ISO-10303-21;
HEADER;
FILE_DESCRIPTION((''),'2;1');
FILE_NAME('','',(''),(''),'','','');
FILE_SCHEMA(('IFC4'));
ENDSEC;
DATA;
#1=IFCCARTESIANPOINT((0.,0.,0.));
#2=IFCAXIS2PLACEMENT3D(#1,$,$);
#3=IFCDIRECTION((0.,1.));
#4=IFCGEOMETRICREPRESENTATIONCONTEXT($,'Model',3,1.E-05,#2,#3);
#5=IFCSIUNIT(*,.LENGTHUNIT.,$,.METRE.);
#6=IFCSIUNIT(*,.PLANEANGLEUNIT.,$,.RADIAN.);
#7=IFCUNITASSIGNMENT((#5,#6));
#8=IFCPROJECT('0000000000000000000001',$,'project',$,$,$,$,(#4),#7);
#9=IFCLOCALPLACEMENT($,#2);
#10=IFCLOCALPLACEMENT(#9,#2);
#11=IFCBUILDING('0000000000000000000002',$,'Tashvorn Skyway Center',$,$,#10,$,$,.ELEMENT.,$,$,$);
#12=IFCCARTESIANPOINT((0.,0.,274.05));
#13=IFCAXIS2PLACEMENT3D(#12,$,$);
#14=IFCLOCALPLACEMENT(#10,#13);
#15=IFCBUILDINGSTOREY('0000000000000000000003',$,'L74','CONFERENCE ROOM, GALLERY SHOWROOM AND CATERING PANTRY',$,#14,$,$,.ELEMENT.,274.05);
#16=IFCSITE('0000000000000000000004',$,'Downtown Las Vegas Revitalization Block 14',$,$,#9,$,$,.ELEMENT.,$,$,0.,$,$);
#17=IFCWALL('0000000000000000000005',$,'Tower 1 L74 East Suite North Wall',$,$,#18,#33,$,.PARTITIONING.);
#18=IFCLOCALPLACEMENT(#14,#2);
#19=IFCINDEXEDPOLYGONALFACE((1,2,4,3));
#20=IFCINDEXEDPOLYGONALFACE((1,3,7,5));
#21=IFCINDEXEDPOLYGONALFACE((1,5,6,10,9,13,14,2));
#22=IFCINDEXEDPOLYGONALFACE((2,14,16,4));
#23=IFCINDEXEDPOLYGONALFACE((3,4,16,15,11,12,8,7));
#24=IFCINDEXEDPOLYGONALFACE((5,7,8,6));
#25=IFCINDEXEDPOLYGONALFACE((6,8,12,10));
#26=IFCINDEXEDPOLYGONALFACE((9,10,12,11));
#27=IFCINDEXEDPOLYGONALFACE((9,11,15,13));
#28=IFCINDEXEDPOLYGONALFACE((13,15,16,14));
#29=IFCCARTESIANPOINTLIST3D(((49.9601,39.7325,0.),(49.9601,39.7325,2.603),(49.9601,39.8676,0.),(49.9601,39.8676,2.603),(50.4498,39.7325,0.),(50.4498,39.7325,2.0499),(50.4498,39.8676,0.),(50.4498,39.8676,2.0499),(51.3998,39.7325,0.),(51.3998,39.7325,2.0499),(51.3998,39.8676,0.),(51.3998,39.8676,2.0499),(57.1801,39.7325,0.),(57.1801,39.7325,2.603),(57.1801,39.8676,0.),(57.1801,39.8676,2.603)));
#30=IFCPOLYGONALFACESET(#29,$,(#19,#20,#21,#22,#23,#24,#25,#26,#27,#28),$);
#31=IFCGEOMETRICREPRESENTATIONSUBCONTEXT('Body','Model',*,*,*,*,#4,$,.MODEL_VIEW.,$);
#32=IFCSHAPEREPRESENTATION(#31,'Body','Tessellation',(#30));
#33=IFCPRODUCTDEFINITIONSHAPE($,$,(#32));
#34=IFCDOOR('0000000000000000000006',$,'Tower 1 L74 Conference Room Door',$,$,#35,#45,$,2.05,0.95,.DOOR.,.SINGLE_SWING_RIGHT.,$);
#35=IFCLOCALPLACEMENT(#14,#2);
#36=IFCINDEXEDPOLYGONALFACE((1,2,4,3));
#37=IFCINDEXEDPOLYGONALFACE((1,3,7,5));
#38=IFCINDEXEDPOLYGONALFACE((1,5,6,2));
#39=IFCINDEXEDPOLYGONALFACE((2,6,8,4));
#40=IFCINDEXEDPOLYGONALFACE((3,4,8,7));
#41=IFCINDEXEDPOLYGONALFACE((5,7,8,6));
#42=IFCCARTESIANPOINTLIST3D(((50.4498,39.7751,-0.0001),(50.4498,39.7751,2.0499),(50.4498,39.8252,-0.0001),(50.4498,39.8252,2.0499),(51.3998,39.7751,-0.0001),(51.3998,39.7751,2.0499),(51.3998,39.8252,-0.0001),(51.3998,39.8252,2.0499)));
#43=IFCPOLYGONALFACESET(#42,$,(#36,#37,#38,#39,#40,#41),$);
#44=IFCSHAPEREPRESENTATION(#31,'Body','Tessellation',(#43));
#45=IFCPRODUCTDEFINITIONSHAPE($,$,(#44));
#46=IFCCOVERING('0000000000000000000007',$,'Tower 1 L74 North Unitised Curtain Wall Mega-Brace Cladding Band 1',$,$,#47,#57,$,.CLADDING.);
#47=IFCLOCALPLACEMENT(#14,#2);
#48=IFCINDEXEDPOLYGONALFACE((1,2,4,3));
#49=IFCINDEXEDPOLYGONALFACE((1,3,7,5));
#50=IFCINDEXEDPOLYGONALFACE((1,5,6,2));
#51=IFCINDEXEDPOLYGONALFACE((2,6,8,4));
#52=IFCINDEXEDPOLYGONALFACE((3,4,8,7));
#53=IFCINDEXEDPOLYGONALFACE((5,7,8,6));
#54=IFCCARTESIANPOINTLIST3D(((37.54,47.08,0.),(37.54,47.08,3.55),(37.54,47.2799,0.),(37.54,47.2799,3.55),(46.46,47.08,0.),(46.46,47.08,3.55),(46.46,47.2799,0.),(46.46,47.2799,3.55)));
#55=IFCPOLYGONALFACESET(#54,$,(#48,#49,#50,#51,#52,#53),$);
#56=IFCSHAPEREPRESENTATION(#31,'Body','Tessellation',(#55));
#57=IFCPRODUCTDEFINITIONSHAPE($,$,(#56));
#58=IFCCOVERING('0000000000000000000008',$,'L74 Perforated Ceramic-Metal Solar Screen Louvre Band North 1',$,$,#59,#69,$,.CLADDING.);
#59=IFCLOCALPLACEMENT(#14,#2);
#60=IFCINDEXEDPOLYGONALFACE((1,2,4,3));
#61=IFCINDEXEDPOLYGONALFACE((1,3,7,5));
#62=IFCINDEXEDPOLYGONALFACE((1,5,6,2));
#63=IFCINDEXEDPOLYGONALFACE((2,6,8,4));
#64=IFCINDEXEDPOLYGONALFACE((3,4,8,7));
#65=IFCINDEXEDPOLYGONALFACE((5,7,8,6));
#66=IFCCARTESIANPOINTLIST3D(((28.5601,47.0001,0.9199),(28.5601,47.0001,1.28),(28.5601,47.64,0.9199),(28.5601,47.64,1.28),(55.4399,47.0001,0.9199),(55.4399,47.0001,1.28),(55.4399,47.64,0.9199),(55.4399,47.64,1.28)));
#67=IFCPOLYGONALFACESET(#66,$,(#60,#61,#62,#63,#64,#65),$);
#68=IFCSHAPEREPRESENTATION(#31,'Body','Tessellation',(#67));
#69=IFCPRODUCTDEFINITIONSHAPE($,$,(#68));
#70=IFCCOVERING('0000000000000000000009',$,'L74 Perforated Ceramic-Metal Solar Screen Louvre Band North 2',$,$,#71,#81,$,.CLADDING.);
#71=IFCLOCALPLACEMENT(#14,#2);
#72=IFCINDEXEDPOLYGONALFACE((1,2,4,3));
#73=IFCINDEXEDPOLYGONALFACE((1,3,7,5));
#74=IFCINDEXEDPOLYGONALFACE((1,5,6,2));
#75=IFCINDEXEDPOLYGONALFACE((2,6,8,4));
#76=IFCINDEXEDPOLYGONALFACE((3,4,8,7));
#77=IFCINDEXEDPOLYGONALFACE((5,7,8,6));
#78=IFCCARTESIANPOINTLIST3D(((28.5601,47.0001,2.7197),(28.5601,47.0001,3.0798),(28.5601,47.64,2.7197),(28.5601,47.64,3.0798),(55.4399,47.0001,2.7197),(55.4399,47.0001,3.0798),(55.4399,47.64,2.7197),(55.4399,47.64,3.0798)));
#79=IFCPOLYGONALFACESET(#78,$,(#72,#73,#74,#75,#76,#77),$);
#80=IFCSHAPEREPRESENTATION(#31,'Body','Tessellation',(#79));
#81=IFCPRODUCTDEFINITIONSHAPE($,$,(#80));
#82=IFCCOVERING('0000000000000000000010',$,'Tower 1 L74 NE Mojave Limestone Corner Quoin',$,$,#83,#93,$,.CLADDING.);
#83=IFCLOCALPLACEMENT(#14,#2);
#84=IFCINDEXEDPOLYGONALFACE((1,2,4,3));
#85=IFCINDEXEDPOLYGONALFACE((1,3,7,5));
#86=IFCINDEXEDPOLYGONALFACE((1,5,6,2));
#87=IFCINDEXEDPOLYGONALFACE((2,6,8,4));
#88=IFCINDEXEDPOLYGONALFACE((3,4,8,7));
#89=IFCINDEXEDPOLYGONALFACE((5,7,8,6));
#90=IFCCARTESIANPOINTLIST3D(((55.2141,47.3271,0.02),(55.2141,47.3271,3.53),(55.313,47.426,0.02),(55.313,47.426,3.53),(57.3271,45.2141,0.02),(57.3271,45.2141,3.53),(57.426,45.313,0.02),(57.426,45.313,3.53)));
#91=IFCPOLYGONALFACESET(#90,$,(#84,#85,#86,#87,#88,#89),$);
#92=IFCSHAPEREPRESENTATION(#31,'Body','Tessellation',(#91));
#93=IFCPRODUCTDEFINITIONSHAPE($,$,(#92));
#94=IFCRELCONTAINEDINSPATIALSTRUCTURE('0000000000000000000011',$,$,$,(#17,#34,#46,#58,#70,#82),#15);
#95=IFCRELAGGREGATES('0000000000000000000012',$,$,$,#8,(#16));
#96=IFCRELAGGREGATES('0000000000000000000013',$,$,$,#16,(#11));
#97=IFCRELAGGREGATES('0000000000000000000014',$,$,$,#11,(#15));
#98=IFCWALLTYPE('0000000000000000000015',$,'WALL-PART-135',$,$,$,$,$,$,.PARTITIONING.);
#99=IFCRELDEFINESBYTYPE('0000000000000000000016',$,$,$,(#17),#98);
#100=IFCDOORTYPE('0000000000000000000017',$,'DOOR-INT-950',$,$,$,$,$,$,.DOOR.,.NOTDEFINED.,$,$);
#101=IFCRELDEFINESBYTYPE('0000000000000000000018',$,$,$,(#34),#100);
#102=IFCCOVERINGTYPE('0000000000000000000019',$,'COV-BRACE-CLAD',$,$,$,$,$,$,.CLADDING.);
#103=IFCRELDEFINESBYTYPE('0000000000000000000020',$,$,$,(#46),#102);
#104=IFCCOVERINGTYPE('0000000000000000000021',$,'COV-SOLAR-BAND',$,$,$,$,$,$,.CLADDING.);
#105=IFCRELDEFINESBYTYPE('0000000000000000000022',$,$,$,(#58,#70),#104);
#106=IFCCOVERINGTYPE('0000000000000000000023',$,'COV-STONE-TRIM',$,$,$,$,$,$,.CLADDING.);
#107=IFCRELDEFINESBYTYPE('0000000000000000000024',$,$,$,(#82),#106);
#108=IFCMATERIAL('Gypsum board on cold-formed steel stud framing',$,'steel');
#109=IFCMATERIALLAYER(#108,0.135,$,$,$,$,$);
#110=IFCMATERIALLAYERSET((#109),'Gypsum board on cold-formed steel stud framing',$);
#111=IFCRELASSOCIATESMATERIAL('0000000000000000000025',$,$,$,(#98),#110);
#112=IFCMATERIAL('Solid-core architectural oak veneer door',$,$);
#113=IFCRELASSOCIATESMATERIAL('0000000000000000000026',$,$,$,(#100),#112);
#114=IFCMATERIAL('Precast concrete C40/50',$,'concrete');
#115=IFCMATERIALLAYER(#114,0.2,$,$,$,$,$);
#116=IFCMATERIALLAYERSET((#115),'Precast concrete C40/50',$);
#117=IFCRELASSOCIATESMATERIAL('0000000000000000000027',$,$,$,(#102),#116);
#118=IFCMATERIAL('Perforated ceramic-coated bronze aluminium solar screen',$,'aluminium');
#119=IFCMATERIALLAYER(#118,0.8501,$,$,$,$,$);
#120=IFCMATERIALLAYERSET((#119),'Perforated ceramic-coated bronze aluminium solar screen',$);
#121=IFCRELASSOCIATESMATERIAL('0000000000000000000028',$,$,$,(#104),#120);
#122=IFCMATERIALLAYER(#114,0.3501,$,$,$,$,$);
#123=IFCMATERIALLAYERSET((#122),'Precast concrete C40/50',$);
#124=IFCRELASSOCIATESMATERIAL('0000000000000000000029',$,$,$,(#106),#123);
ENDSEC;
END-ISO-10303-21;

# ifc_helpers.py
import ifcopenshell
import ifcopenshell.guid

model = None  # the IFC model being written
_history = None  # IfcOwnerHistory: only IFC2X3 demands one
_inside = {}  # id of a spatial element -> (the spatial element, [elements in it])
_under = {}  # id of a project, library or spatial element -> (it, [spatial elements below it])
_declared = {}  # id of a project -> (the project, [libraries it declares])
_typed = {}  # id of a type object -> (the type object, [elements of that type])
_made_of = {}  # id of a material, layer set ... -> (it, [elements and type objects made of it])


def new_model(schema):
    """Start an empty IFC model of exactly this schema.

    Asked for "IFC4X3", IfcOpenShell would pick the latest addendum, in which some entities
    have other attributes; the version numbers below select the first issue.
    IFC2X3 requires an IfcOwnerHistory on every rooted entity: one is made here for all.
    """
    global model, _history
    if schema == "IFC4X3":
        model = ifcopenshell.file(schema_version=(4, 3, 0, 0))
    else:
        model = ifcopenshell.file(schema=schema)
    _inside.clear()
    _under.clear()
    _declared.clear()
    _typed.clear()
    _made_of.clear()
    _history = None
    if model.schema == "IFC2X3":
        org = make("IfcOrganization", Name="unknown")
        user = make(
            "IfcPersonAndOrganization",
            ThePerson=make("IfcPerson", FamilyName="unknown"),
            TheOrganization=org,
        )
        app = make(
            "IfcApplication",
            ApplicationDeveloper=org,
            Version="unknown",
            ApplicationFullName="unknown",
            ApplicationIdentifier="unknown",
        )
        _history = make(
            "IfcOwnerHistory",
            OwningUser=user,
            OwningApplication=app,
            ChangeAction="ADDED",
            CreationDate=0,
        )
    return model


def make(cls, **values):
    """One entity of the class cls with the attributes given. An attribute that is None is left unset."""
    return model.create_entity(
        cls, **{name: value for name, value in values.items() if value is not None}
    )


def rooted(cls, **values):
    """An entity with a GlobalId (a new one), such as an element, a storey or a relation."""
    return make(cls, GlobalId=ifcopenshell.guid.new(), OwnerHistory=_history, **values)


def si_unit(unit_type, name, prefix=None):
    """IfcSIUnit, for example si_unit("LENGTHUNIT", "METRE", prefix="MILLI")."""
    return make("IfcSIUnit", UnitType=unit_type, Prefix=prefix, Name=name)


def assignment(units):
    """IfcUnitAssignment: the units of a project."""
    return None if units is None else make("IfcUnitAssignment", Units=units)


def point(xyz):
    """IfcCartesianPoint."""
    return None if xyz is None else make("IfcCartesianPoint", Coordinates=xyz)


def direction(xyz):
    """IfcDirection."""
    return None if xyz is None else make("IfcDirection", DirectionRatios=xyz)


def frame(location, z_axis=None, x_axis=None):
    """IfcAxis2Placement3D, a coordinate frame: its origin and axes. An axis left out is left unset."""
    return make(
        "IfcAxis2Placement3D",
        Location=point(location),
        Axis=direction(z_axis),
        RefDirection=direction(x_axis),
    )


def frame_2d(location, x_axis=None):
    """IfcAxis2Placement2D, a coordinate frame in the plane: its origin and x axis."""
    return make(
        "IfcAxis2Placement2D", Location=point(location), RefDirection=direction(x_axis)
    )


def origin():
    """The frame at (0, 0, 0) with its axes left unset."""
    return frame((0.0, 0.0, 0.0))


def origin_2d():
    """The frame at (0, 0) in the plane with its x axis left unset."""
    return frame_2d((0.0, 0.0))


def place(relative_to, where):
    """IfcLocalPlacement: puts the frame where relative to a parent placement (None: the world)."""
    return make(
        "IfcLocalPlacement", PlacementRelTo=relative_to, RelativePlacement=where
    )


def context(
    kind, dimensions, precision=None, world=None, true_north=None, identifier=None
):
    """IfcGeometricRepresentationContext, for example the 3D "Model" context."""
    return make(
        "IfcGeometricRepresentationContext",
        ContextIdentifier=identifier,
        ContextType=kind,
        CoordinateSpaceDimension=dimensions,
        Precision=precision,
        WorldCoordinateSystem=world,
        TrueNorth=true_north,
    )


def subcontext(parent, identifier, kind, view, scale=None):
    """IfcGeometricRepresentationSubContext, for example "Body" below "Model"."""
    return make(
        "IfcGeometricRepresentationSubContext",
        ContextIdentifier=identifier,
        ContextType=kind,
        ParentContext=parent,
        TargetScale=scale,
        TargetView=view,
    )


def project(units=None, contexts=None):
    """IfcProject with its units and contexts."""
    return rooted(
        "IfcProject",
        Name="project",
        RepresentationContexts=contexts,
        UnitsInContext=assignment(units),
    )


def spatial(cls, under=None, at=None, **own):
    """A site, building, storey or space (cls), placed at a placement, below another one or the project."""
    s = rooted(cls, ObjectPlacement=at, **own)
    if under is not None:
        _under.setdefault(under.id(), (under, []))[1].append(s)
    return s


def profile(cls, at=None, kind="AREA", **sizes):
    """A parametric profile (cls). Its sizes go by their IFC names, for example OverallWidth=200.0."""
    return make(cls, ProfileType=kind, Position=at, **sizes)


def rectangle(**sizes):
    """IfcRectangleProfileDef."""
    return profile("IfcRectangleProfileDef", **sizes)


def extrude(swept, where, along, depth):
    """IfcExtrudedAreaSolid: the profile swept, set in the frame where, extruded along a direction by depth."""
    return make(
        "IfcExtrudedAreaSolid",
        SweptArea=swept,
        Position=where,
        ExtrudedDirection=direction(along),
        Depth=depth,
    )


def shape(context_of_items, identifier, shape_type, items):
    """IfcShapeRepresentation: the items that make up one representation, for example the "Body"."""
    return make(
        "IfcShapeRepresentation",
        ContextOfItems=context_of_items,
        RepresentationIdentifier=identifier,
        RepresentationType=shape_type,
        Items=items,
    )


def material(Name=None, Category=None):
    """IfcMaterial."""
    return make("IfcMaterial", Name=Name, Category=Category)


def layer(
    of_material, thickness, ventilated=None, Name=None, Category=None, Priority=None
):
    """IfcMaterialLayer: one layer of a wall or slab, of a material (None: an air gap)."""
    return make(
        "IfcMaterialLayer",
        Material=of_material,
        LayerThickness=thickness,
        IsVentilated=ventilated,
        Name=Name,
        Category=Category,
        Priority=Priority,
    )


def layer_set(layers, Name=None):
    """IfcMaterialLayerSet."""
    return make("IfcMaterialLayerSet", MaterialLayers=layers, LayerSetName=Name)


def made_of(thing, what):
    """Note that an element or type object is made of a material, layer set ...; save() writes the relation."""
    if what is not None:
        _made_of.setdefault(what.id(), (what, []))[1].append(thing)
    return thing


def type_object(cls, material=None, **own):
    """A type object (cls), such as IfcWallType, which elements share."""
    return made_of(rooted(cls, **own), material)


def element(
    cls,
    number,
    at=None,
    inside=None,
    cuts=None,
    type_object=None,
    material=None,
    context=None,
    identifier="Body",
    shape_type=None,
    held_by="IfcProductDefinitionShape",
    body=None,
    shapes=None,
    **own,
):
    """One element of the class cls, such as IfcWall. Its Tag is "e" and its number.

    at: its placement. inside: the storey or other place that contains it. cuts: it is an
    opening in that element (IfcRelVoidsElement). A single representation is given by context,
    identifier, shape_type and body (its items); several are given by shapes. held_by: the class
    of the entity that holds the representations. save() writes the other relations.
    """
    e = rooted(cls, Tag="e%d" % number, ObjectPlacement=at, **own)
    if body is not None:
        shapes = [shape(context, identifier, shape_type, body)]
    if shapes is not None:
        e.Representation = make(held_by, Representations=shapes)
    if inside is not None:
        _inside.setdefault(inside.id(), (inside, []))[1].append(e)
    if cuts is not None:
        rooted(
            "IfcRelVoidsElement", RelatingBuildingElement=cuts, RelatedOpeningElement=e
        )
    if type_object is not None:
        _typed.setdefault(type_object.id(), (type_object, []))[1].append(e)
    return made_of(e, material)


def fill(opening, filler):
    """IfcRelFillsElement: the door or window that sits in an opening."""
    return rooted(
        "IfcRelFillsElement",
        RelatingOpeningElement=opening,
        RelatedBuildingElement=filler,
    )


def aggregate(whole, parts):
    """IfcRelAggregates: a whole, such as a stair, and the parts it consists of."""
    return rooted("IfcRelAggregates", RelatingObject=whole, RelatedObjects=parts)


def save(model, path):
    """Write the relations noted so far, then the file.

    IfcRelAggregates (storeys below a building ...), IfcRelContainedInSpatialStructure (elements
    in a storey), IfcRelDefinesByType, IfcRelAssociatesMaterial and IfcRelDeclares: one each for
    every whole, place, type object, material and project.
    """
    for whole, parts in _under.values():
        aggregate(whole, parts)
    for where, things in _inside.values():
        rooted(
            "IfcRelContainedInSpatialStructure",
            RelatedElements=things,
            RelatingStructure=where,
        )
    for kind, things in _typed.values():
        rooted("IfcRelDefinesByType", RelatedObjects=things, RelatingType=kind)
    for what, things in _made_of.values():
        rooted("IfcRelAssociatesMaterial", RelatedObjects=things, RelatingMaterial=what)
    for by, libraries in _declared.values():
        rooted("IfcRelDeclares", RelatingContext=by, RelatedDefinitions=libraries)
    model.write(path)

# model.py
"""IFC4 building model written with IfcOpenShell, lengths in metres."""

from ifc_helpers import new_model, si_unit, direction, frame, frame_2d, origin, origin_2d, place, context, subcontext, project, spatial, rectangle, extrude, material, layer, layer_set, type_object, element, fill, save


model = new_model("IFC4")

# Units and contexts
model_context = context("Model", 3, precision=1e-05, world=origin(), true_north=direction((0.0, 1.0)))
body_context = subcontext(model_context, "Body", "Model", "MODEL_VIEW")
ifc_project = project(units=[si_unit("LENGTHUNIT", "METRE"), si_unit("PLANEANGLEUNIT", "RADIAN")], contexts=[model_context])

# Site, building, storey
site_placement = place(None, origin())
site = spatial("IfcSite", under=ifc_project, at=site_placement, Name="Downtown Las Vegas Revitalization Block 14", CompositionType="ELEMENT", RefElevation=0.0)
building_placement = place(site_placement, origin())
building = spatial("IfcBuilding", under=site, at=building_placement, Name="Tashvorn Skyway Center", CompositionType="ELEMENT")
storey_placement = place(building_placement, frame((0.0, 0.0, 274.05)))
storey = spatial("IfcBuildingStorey", under=building, at=storey_placement, Name="L74", Description="CONFERENCE ROOM, GALLERY SHOWROOM AND CATERING PANTRY", CompositionType="ELEMENT", Elevation=274.05)

# Shared definitions
ifc_material_1 = material(Name="Precast concrete C40/50", Category="concrete")
ifc_material_2 = material(Name="Gypsum board on cold-formed steel stud framing", Category="steel")
ifc_layer_1 = layer(ifc_material_2, 0.135)
ifc_layer_set_1 = layer_set([ifc_layer_1], Name="Gypsum board on cold-formed steel stud framing")
wall_type_1 = type_object("IfcWallType", Name="WALL-PART-135", PredefinedType="PARTITIONING", material=ifc_layer_set_1)

# Wall, opening, door
wall_1_placement = place(storey_placement, frame((57.1799, 39.8, 0.0), z_axis=(0.0, 0.0, 1.0), x_axis=(-1.0, 0.0, 0.0)))
wall_1 = element("IfcWall", 1, at=wall_1_placement, inside=storey, type_object=wall_type_1, Name="Tower 1 L74 East Suite North Wall", PredefinedType="PARTITIONING", context=body_context, shape_type="SweptSolid", body=[
    extrude(rectangle(XDim=7.22, YDim=0.135, at=frame_2d((3.6099, 0.0))), origin(), (0.0, 0.0, 1.0), 2.603),
])
opening_placement = place(wall_1_placement, frame((5.78, 0.0, 0.0)))
opening = element("IfcOpeningElement", 2, at=opening_placement, cuts=wall_1, PredefinedType="OPENING", context=body_context, shape_type="SweptSolid", body=[
    extrude(rectangle(XDim=0.95, YDim=2.05, at=frame_2d((0.4751, 1.0249))), frame((0.0, 0.0774, 0.0), z_axis=(0.0, -1.0, 0.0), x_axis=(1.0, 0.0, 0.0)), (0.0, 0.0, 1.0), 0.155),
])
ifc_material_3 = material(Name="Solid-core architectural oak veneer door")
door_type = type_object("IfcDoorType", Name="DOOR-INT-950", OperationType="NOTDEFINED", PredefinedType="DOOR", material=ifc_material_3)
door_placement = place(opening_placement, origin())
door = element("IfcDoor", 3, at=door_placement, inside=storey, type_object=door_type, Name="Tower 1 L74 Conference Room Door", OperationType="SINGLE_SWING_RIGHT", OverallHeight=2.05, OverallWidth=0.95, PredefinedType="DOOR", context=body_context, shape_type="SweptSolid", body=[
    extrude(rectangle(XDim=0.95, YDim=2.05, at=frame_2d((0.4751, 1.0249))), frame((0.0, 0.0249, 0.0), z_axis=(0.0, -1.0, 0.0), x_axis=(1.0, 0.0, 0.0)), (0.0, 0.0, 1.0), 0.05),
])
fill(opening, door)

# Coverings
ifc_layer_2 = layer(ifc_material_1, 0.2)
ifc_layer_set_2 = layer_set([ifc_layer_2], Name="Precast concrete C40/50")
covering_type_1 = type_object("IfcCoveringType", Name="COV-BRACE-CLAD", PredefinedType="CLADDING", material=ifc_layer_set_2)
covering_1_placement = place(storey_placement, frame((42.0, 47.1799, 0.0), z_axis=(0.0, 0.0, 1.0), x_axis=(1.0, 0.0, 0.0)))
element("IfcCovering", 4, at=covering_1_placement, inside=storey, type_object=covering_type_1, Name="Tower 1 L74 North Unitised Curtain Wall Mega-Brace Cladding Band 1", PredefinedType="CLADDING", context=body_context, shape_type="SweptSolid", body=[
    extrude(rectangle(XDim=8.9199, YDim=0.2, at=origin_2d()), origin(), (0.0, 0.0, 1.0), 3.55),
])
ifc_material_4 = material(Name="Perforated ceramic-coated bronze aluminium solar screen", Category="aluminium")
ifc_layer_3 = layer(ifc_material_4, 0.8501)
ifc_layer_set_3 = layer_set([ifc_layer_3], Name="Perforated ceramic-coated bronze aluminium solar screen")
covering_type_2 = type_object("IfcCoveringType", Name="COV-SOLAR-BAND", PredefinedType="CLADDING", material=ifc_layer_set_3)
for number, where, z_axis, x_axis, name in (
    (5, (42.0, 47.3201, 0.9199), (0.0, 0.0, 1.0), (1.0, 0.0, 0.0), "L74 Perforated Ceramic-Metal Solar Screen Louvre Band North 1"),
    (6, (42.0, 47.3201, 2.7197), (0.0, 0.0, 1.0), (1.0, 0.0, 0.0), "L74 Perforated Ceramic-Metal Solar Screen Louvre Band North 2"),
):
    element("IfcCovering", number, at=place(storey_placement, frame(where, z_axis=z_axis, x_axis=x_axis)), inside=storey, type_object=covering_type_2, Name=name, PredefinedType="CLADDING", context=body_context, shape_type="SweptSolid", body=[
        extrude(rectangle(XDim=26.8799, YDim=0.6399, at=origin_2d()), origin(), (0.0, 0.0, 1.0), 0.3601),
    ])
ifc_layer_4 = layer(ifc_material_1, 0.3501)
ifc_layer_set_4 = layer_set([ifc_layer_4], Name="Precast concrete C40/50")
covering_type_3 = type_object("IfcCoveringType", Name="COV-STONE-TRIM", PredefinedType="CLADDING", material=ifc_layer_set_4)
covering_2_placement = place(storey_placement, frame((56.3201, 46.3201, 0.02), z_axis=(0.0, 0.0, 1.0), x_axis=(0.707107, -0.707107, 0.0)))
element("IfcCovering", 7, at=covering_2_placement, inside=storey, type_object=covering_type_3, Name="Tower 1 L74 NE Mojave Limestone Corner Quoin", PredefinedType="CLADDING", context=body_context, shape_type="SweptSolid", body=[
    extrude(rectangle(XDim=2.9883, YDim=0.1399, at=origin_2d()), origin(), (0.0, 0.0, 1.0), 3.51),
])

save(model, "model.ifc")
